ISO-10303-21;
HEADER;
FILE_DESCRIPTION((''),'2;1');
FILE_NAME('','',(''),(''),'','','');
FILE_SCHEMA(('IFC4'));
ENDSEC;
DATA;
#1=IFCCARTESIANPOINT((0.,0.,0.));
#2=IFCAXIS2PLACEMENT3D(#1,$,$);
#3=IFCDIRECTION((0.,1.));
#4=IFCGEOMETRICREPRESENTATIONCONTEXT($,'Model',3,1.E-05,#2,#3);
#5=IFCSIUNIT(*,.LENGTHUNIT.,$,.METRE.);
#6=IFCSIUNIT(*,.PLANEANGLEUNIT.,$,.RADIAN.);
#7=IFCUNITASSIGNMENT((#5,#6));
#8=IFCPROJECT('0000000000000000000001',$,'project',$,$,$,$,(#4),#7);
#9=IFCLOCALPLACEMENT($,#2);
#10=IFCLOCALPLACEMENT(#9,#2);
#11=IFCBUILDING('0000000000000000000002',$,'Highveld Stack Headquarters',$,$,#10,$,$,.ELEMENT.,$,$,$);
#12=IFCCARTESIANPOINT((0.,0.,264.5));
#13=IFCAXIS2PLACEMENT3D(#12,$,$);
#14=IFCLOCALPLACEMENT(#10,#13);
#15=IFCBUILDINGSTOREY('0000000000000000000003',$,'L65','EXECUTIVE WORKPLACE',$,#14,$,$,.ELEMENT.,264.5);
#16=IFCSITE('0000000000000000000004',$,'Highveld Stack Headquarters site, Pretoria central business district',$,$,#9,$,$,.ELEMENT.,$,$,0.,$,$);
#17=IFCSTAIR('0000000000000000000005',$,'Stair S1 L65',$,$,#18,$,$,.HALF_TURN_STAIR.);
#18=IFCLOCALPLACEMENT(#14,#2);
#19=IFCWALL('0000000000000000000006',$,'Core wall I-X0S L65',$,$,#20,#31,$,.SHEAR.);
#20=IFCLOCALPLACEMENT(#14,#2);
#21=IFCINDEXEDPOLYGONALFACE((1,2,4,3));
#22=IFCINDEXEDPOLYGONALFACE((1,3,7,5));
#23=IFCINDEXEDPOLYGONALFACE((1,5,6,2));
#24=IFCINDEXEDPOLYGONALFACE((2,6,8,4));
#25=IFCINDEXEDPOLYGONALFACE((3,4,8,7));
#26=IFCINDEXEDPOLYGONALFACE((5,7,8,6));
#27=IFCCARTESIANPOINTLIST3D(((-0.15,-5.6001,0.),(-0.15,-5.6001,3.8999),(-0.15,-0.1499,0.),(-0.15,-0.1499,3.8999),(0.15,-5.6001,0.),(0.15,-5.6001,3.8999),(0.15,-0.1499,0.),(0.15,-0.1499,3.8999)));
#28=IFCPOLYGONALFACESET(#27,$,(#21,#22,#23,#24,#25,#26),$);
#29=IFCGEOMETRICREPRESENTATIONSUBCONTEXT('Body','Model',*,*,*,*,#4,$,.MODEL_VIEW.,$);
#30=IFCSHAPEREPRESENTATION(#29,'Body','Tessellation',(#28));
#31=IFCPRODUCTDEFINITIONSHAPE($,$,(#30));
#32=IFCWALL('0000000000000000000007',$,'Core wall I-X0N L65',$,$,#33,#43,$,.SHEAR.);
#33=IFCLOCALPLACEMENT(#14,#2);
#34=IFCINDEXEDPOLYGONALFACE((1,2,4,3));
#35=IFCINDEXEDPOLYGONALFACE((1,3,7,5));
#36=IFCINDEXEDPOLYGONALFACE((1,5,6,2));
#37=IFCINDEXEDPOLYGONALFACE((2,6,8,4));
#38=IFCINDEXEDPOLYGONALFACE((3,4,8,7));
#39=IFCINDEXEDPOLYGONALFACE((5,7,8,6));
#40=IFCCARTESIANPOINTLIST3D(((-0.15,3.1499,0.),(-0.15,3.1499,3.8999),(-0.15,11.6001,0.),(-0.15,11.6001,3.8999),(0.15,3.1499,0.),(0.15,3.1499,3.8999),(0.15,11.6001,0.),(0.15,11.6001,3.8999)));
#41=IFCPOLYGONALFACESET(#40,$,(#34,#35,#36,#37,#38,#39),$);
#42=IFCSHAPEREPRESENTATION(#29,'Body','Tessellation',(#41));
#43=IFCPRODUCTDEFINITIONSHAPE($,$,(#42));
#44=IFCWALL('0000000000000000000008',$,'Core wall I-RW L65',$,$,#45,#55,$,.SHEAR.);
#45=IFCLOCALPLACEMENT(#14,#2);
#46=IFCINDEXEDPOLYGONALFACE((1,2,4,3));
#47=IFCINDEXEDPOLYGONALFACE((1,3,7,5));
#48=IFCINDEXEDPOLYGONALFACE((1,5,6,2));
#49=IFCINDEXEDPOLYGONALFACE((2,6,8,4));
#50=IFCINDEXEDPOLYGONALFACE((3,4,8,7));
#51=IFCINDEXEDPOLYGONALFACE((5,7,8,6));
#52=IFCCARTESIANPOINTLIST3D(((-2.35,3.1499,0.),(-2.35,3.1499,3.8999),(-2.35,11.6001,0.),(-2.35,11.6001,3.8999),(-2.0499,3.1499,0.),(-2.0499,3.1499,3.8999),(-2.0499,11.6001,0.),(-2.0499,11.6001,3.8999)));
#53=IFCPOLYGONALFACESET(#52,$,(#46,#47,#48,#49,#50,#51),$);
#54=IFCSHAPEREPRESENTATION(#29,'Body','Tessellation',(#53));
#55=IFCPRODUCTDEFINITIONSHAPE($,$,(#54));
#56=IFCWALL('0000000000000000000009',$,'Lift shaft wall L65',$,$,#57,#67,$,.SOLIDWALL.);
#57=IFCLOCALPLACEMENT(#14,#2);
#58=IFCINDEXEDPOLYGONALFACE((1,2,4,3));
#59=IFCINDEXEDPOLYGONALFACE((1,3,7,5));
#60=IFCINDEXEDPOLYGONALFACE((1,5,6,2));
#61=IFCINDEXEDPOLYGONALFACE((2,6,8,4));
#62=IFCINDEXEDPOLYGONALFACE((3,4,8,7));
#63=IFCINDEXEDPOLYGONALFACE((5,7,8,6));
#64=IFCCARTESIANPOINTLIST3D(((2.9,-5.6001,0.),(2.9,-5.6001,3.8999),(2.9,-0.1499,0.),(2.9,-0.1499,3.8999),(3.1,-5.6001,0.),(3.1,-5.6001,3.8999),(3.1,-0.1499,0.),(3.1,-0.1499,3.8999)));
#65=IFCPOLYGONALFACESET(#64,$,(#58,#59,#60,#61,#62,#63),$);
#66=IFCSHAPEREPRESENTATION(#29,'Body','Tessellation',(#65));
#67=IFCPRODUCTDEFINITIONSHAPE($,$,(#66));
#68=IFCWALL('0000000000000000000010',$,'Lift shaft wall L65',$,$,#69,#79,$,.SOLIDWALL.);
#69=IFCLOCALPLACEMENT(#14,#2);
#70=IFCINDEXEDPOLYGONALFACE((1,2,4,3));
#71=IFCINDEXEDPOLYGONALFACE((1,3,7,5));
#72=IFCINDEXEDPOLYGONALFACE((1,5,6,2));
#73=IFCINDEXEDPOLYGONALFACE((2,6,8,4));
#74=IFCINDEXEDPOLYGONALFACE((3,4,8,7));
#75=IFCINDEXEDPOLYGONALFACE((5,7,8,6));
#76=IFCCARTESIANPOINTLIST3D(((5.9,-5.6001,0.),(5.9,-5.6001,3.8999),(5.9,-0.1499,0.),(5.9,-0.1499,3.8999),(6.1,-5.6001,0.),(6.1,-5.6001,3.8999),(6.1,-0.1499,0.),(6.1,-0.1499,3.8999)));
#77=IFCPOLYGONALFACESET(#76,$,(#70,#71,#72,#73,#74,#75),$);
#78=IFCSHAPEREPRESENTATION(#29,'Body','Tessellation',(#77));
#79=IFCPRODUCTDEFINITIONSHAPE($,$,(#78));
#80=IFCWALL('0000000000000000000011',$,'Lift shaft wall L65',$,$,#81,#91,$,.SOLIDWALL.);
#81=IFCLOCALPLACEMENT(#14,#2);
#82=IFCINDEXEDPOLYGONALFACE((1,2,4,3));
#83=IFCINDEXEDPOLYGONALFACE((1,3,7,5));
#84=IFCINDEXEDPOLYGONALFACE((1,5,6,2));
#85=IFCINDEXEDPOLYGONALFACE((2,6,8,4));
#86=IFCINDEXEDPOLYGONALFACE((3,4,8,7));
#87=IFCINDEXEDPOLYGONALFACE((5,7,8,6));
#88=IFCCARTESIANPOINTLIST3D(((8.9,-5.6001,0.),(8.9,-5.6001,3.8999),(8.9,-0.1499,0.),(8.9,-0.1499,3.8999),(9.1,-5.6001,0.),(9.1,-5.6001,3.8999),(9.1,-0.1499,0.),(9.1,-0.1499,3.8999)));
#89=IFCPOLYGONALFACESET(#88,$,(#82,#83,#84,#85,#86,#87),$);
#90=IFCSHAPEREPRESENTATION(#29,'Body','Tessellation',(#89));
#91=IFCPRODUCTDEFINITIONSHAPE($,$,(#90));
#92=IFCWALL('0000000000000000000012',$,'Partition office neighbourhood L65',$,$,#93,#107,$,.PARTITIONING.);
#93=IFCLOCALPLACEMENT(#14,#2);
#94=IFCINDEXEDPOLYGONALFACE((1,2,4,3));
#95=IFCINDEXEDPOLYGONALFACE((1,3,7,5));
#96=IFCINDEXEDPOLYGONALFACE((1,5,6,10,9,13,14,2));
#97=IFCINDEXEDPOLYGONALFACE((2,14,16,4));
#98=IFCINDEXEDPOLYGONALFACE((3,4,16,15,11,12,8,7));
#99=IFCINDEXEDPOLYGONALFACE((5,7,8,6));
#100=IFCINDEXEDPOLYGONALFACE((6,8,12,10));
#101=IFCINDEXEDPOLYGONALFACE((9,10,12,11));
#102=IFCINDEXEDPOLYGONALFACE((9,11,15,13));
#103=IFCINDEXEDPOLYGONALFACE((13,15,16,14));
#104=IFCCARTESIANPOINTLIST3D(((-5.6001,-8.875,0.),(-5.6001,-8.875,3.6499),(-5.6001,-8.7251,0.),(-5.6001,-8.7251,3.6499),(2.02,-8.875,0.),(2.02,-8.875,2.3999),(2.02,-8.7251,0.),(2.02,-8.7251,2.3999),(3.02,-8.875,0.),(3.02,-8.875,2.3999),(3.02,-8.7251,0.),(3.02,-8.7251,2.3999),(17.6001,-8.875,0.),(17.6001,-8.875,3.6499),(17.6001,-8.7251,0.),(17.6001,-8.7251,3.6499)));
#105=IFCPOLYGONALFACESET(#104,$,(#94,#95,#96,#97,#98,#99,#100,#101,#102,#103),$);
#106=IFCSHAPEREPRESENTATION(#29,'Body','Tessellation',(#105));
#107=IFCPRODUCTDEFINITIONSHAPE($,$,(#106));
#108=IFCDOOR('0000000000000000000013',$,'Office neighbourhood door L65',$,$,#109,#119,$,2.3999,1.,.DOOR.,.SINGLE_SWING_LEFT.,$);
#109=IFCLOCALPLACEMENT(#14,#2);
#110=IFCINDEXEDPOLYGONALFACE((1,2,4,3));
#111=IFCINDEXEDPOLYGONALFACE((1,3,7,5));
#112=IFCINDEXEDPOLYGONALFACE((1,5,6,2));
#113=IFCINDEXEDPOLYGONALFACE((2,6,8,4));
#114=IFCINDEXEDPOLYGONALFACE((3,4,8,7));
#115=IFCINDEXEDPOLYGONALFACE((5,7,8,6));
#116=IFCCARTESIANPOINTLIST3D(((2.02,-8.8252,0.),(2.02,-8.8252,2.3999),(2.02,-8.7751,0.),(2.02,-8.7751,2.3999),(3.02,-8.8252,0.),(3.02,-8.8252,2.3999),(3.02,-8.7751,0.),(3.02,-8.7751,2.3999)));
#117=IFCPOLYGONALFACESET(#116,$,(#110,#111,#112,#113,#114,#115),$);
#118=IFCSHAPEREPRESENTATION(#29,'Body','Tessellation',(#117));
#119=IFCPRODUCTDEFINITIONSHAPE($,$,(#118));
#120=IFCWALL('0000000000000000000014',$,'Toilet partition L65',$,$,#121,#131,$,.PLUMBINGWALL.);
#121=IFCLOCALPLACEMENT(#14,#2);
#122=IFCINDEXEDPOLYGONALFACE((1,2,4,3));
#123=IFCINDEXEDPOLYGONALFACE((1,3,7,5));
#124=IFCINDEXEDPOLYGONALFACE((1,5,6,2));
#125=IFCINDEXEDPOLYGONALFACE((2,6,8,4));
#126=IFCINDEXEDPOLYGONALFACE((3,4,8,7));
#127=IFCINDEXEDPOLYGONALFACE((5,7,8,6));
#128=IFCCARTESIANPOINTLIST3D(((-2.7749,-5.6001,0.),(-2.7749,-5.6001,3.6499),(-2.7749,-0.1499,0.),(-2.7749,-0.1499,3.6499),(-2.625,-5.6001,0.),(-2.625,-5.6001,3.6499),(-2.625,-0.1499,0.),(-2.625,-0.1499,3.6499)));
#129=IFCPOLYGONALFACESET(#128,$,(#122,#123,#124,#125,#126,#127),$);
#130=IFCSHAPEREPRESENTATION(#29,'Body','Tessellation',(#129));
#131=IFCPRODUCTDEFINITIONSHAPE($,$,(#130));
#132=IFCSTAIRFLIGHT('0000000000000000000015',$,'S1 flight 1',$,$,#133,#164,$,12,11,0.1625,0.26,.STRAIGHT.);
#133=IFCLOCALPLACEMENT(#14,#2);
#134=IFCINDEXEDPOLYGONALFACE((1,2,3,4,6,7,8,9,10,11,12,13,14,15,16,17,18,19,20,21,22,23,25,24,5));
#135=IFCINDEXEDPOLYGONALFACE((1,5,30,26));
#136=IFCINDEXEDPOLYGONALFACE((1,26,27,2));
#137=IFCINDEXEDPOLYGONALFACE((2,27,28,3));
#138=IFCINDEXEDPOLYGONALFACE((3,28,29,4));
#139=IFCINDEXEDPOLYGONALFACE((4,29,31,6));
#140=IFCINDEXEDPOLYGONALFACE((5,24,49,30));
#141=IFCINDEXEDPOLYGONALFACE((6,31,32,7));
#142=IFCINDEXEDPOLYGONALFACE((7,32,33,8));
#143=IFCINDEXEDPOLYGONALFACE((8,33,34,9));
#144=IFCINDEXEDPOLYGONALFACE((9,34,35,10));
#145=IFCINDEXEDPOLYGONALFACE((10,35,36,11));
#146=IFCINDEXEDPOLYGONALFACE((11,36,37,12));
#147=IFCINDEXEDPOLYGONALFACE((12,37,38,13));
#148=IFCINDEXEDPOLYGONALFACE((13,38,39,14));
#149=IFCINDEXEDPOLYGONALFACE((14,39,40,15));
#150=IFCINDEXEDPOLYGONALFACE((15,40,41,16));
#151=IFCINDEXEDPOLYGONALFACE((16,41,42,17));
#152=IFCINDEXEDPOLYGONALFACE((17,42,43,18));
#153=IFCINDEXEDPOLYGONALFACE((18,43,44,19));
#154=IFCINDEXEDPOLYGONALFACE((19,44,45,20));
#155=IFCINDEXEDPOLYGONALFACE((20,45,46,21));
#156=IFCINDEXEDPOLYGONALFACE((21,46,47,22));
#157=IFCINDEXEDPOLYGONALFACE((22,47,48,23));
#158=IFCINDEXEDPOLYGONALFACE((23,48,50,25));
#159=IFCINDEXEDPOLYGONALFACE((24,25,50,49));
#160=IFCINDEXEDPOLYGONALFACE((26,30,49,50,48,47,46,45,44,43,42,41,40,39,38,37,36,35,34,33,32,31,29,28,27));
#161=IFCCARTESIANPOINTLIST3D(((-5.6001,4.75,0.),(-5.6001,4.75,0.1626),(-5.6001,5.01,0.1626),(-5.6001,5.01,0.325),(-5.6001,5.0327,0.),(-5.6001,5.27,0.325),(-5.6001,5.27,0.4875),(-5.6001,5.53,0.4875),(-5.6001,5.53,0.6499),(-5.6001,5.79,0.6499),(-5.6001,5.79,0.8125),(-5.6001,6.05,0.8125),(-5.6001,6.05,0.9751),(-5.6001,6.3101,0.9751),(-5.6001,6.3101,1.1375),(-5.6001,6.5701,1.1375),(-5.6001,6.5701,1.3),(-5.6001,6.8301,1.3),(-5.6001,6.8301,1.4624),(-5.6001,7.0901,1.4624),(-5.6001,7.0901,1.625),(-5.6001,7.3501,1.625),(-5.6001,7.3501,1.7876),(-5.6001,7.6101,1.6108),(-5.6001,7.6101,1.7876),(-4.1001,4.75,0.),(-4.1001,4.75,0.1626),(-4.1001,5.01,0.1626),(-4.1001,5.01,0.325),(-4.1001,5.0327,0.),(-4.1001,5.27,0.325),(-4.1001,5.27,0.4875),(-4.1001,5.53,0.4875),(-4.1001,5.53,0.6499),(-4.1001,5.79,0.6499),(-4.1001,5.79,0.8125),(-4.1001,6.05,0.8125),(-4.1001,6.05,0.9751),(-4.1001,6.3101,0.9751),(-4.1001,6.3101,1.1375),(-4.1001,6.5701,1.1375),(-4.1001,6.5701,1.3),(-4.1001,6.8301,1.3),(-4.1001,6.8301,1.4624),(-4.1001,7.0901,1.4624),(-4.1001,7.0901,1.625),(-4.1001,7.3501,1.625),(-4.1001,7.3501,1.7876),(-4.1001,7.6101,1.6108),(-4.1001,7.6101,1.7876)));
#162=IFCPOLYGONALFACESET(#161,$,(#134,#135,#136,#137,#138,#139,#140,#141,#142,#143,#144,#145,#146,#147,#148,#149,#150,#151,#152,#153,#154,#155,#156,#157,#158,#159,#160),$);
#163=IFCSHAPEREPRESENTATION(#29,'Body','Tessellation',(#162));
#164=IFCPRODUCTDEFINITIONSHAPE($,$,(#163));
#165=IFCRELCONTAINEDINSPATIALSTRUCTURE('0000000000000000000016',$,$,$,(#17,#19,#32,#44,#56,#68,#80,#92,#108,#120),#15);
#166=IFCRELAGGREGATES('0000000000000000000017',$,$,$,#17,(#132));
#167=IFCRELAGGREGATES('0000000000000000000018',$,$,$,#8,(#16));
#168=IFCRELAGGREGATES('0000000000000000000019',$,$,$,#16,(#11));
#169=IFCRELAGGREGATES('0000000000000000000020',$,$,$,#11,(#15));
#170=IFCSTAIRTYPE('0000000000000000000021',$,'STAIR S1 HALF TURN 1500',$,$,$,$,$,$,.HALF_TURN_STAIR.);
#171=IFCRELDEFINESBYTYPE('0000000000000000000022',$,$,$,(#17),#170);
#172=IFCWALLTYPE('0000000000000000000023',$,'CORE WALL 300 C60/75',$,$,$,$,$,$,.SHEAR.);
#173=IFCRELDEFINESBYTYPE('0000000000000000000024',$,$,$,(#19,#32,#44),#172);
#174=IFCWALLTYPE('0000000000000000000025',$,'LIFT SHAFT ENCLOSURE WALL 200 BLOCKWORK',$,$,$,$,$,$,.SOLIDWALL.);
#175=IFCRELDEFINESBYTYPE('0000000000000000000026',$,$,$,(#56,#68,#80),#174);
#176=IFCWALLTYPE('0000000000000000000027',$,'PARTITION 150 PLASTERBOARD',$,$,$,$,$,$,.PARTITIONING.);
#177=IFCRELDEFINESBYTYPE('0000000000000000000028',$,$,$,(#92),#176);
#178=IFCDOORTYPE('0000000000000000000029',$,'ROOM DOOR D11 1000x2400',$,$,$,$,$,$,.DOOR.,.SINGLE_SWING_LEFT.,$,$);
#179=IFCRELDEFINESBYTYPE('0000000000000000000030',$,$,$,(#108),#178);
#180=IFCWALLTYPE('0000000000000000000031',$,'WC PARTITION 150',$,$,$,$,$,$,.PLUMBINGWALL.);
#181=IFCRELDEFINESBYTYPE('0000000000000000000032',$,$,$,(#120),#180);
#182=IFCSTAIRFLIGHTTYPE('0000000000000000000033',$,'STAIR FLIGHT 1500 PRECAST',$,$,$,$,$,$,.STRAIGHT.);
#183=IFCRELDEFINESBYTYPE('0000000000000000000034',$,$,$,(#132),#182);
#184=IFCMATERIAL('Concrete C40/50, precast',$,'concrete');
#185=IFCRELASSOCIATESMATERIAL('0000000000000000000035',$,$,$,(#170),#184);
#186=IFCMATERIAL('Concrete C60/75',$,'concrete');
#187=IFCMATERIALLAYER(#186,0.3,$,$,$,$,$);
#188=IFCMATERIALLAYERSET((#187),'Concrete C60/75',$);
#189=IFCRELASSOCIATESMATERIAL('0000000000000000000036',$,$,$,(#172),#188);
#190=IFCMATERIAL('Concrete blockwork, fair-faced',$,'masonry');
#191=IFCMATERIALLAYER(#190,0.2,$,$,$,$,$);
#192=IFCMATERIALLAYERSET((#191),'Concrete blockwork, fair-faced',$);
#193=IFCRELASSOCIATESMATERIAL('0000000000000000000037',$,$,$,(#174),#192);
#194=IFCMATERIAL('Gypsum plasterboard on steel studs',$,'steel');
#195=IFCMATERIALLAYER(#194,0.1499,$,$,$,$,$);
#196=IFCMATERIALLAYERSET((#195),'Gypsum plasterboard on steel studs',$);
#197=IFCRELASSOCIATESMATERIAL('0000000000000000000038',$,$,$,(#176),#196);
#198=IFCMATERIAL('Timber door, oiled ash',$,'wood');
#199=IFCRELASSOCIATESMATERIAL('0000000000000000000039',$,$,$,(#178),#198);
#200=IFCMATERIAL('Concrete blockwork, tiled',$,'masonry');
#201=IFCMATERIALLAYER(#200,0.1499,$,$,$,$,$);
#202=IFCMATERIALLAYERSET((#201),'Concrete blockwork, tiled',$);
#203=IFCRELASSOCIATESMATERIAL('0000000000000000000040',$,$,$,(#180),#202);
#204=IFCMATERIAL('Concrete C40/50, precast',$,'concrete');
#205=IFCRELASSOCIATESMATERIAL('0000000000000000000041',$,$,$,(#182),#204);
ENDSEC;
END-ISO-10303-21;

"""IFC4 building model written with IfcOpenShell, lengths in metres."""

from ifc_helpers import new_model, si_unit, direction, frame, frame_2d, origin, place, context, subcontext, project, spatial, polyline, rectangle, outline, extrude, material, layer, layer_set, type_object, element, fill, aggregate, save


model = new_model("IFC4")

# Units and contexts
model_context = context("Model", 3, precision=1e-05, world=origin(), true_north=direction((0.0, 1.0)))
body_context = subcontext(model_context, "Body", "Model", "MODEL_VIEW")
ifc_project = project(units=[si_unit("LENGTHUNIT", "METRE"), si_unit("PLANEANGLEUNIT", "RADIAN")], contexts=[model_context])

# Site, building, storey
site_placement = place(None, origin())
site = spatial("IfcSite", under=ifc_project, at=site_placement, Name="Highveld Stack Headquarters site, Pretoria central business district", CompositionType="ELEMENT", RefElevation=0.0)
building_placement = place(site_placement, origin())
building = spatial("IfcBuilding", under=site, at=building_placement, Name="Highveld Stack Headquarters", CompositionType="ELEMENT")
storey_placement = place(building_placement, frame((0.0, 0.0, 264.5)))
storey = spatial("IfcBuildingStorey", under=building, at=storey_placement, Name="L65", Description="EXECUTIVE WORKPLACE", CompositionType="ELEMENT", Elevation=264.5)

# Stair
ifc_material_1 = material(Name="Concrete C40/50, precast", Category="concrete")
stair_type_1 = type_object("IfcStairType", Name="STAIR S1 HALF TURN 1500", PredefinedType="HALF_TURN_STAIR", material=ifc_material_1)
stair_1_placement = place(storey_placement, origin())
stair_1 = element("IfcStair", 1, at=stair_1_placement, inside=storey, type_object=stair_type_1, Name="Stair S1 L65", PredefinedType="HALF_TURN_STAIR")

# Shared definitions
ifc_material_2 = material(Name="Concrete C60/75", Category="concrete")
ifc_layer_1 = layer(ifc_material_2, 0.3)
ifc_layer_set_1 = layer_set([ifc_layer_1], Name="Concrete C60/75")
wall_type_1 = type_object("IfcWallType", Name="CORE WALL 300 C60/75", PredefinedType="SHEAR", material=ifc_layer_set_1)

# Walls
wall_1_placement = place(storey_placement, frame((0.0, -5.6001, 0.0), z_axis=(0.0, 0.0, 1.0), x_axis=(0.0, 1.0, 0.0)))
element("IfcWall", 2, at=wall_1_placement, inside=storey, type_object=wall_type_1, Name="Core wall I-X0S L65", PredefinedType="SHEAR", context=body_context, shape_type="SweptSolid", body=[
    extrude(rectangle(XDim=5.4502, YDim=0.3, at=frame_2d((2.7251, 0.0))), origin(), (0.0, 0.0, 1.0), 3.8999),
])
for number, where, z_axis, x_axis, name in (
    (3, (0.0, 3.1499, 0.0), (0.0, 0.0, 1.0), (0.0, 1.0, 0.0), "Core wall I-X0N L65"),
    (4, (-2.2, 3.1499, 0.0), (0.0, 0.0, 1.0), (0.0, 1.0, 0.0), "Core wall I-RW L65"),
):
    element("IfcWall", number, at=place(storey_placement, frame(where, z_axis=z_axis, x_axis=x_axis)), inside=storey, type_object=wall_type_1, Name=name, PredefinedType="SHEAR", context=body_context, shape_type="SweptSolid", body=[
        extrude(rectangle(XDim=8.4502, YDim=0.3, at=frame_2d((4.2251, 0.0))), origin(), (0.0, 0.0, 1.0), 3.8999),
    ])
ifc_material_3 = material(Name="Concrete blockwork, fair-faced", Category="masonry")
ifc_layer_2 = layer(ifc_material_3, 0.2)
ifc_layer_set_2 = layer_set([ifc_layer_2], Name="Concrete blockwork, fair-faced")
wall_type_2 = type_object("IfcWallType", Name="LIFT SHAFT ENCLOSURE WALL 200 BLOCKWORK", PredefinedType="SOLIDWALL", material=ifc_layer_set_2)
for number, where, z_axis, x_axis, name in (
    (5, (3.0, -5.6001, 0.0), (0.0, 0.0, 1.0), (0.0, 1.0, 0.0), "Lift shaft wall L65"),
    (6, (6.0, -5.6001, 0.0), (0.0, 0.0, 1.0), (0.0, 1.0, 0.0), "Lift shaft wall L65"),
    (7, (9.0, -5.6001, 0.0), (0.0, 0.0, 1.0), (0.0, 1.0, 0.0), "Lift shaft wall L65"),
):
    element("IfcWall", number, at=place(storey_placement, frame(where, z_axis=z_axis, x_axis=x_axis)), inside=storey, type_object=wall_type_2, Name=name, PredefinedType="SOLIDWALL", context=body_context, shape_type="SweptSolid", body=[
        extrude(rectangle(XDim=5.4502, YDim=0.2, at=frame_2d((2.7251, 0.0))), origin(), (0.0, 0.0, 1.0), 3.8999),
    ])

# Wall, opening, door
ifc_material_4 = material(Name="Gypsum plasterboard on steel studs", Category="steel")
ifc_layer_3 = layer(ifc_material_4, 0.1499)
ifc_layer_set_3 = layer_set([ifc_layer_3], Name="Gypsum plasterboard on steel studs")
wall_type_3 = type_object("IfcWallType", Name="PARTITION 150 PLASTERBOARD", PredefinedType="PARTITIONING", material=ifc_layer_set_3)
wall_2_placement = place(storey_placement, frame((-5.6001, -8.8, 0.0), z_axis=(0.0, 0.0, 1.0), x_axis=(1.0, 0.0, 0.0)))
wall_2 = element("IfcWall", 8, at=wall_2_placement, inside=storey, type_object=wall_type_3, Name="Partition office neighbourhood L65", PredefinedType="PARTITIONING", context=body_context, shape_type="SweptSolid", body=[
    extrude(rectangle(XDim=23.2002, YDim=0.1499, at=frame_2d((11.6001, 0.0))), origin(), (0.0, 0.0, 1.0), 3.6499),
])
opening_1_placement = place(wall_2_placement, frame((7.6201, 0.0, 0.0)))
opening_1 = element("IfcOpeningElement", 9, at=opening_1_placement, cuts=wall_2, PredefinedType="OPENING", context=body_context, shape_type="SweptSolid", body=[
    extrude(rectangle(XDim=1.0, YDim=2.3999, at=frame_2d((0.5, 1.2))), frame((0.0, 0.085, 0.0), z_axis=(0.0, -1.0, 0.0), x_axis=(1.0, 0.0, 0.0)), (0.0, 0.0, 1.0), 0.1699),
])
ifc_material_5 = material(Name="Timber door, oiled ash", Category="wood")
door_type_1 = type_object("IfcDoorType", Name="ROOM DOOR D11 1000x2400", OperationType="SINGLE_SWING_LEFT", PredefinedType="DOOR", material=ifc_material_5)
door_1_placement = place(opening_1_placement, origin())
door_1 = element("IfcDoor", 10, at=door_1_placement, inside=storey, type_object=door_type_1, Name="Office neighbourhood door L65", OperationType="SINGLE_SWING_LEFT", OverallHeight=2.3999, OverallWidth=1.0, PredefinedType="DOOR", context=body_context, shape_type="SweptSolid", body=[
    extrude(rectangle(XDim=1.0, YDim=2.3999, at=frame_2d((0.5, 1.2))), frame((0.0, 0.0249, 0.0), z_axis=(0.0, -1.0, 0.0), x_axis=(1.0, 0.0, 0.0)), (0.0, 0.0, 1.0), 0.05),
])
fill(opening_1, door_1)

# Wall
ifc_material_6 = material(Name="Concrete blockwork, tiled", Category="masonry")
ifc_layer_4 = layer(ifc_material_6, 0.1499)
ifc_layer_set_4 = layer_set([ifc_layer_4], Name="Concrete blockwork, tiled")
wall_type_4 = type_object("IfcWallType", Name="WC PARTITION 150", PredefinedType="PLUMBINGWALL", material=ifc_layer_set_4)
wall_3_placement = place(storey_placement, frame((-2.7, -5.6001, 0.0), z_axis=(0.0, 0.0, 1.0), x_axis=(0.0, 1.0, 0.0)))
element("IfcWall", 11, at=wall_3_placement, inside=storey, type_object=wall_type_4, Name="Toilet partition L65", PredefinedType="PLUMBINGWALL", context=body_context, shape_type="SweptSolid", body=[
    extrude(rectangle(XDim=5.4502, YDim=0.1499, at=frame_2d((2.7251, 0.0))), origin(), (0.0, 0.0, 1.0), 3.6499),
])

# Stair flight
ifc_material_7 = material(Name="Concrete C40/50, precast", Category="concrete")
stair_flight_type = type_object("IfcStairFlightType", Name="STAIR FLIGHT 1500 PRECAST", PredefinedType="STRAIGHT", material=ifc_material_7)
stair_flight_placement = place(storey_placement, frame((-4.8501, 4.75, 0.0), z_axis=(0.0, 0.0, 1.0), x_axis=(0.0, 1.0, 0.0)))
stair_flight = element("IfcStairFlight", 12, at=stair_flight_placement, type_object=stair_flight_type, Name="S1 flight 1", NumberOfRisers=12, NumberOfTreads=11, PredefinedType="STRAIGHT", RiserHeight=0.1625, TreadLength=0.26, context=body_context, shape_type="SweptSolid", body=[
    extrude(outline(polyline([(0.0, 0.0), (0.0, 0.1626), (0.26, 0.1626), (0.26, 0.325), (0.52, 0.325), (0.52, 0.4875), (0.78, 0.4875), (0.78, 0.6499), (1.04, 0.6499), (1.04, 0.8125), (1.3, 0.8125), (1.3, 0.9751), (1.5601, 0.9751), (1.5601, 1.1375), (1.8201, 1.1375), (1.8201, 1.3), (2.0801, 1.3), (2.0801, 1.4624), (2.3401, 1.4624), (2.3401, 1.625), (2.6001, 1.625), (2.6001, 1.7876), (2.8601, 1.7876), (2.8601, 1.95), (2.8601, 1.6108), (0.2827, 0.0), (0.0, 0.0)])), frame((0.0, 0.75, 0.0), z_axis=(0.0, -1.0, 0.0), x_axis=(1.0, 0.0, 0.0)), (0.0, 0.0, 1.0), 1.5),
])
aggregate(stair_1, [stair_flight])

save(model, "model.ifc")
